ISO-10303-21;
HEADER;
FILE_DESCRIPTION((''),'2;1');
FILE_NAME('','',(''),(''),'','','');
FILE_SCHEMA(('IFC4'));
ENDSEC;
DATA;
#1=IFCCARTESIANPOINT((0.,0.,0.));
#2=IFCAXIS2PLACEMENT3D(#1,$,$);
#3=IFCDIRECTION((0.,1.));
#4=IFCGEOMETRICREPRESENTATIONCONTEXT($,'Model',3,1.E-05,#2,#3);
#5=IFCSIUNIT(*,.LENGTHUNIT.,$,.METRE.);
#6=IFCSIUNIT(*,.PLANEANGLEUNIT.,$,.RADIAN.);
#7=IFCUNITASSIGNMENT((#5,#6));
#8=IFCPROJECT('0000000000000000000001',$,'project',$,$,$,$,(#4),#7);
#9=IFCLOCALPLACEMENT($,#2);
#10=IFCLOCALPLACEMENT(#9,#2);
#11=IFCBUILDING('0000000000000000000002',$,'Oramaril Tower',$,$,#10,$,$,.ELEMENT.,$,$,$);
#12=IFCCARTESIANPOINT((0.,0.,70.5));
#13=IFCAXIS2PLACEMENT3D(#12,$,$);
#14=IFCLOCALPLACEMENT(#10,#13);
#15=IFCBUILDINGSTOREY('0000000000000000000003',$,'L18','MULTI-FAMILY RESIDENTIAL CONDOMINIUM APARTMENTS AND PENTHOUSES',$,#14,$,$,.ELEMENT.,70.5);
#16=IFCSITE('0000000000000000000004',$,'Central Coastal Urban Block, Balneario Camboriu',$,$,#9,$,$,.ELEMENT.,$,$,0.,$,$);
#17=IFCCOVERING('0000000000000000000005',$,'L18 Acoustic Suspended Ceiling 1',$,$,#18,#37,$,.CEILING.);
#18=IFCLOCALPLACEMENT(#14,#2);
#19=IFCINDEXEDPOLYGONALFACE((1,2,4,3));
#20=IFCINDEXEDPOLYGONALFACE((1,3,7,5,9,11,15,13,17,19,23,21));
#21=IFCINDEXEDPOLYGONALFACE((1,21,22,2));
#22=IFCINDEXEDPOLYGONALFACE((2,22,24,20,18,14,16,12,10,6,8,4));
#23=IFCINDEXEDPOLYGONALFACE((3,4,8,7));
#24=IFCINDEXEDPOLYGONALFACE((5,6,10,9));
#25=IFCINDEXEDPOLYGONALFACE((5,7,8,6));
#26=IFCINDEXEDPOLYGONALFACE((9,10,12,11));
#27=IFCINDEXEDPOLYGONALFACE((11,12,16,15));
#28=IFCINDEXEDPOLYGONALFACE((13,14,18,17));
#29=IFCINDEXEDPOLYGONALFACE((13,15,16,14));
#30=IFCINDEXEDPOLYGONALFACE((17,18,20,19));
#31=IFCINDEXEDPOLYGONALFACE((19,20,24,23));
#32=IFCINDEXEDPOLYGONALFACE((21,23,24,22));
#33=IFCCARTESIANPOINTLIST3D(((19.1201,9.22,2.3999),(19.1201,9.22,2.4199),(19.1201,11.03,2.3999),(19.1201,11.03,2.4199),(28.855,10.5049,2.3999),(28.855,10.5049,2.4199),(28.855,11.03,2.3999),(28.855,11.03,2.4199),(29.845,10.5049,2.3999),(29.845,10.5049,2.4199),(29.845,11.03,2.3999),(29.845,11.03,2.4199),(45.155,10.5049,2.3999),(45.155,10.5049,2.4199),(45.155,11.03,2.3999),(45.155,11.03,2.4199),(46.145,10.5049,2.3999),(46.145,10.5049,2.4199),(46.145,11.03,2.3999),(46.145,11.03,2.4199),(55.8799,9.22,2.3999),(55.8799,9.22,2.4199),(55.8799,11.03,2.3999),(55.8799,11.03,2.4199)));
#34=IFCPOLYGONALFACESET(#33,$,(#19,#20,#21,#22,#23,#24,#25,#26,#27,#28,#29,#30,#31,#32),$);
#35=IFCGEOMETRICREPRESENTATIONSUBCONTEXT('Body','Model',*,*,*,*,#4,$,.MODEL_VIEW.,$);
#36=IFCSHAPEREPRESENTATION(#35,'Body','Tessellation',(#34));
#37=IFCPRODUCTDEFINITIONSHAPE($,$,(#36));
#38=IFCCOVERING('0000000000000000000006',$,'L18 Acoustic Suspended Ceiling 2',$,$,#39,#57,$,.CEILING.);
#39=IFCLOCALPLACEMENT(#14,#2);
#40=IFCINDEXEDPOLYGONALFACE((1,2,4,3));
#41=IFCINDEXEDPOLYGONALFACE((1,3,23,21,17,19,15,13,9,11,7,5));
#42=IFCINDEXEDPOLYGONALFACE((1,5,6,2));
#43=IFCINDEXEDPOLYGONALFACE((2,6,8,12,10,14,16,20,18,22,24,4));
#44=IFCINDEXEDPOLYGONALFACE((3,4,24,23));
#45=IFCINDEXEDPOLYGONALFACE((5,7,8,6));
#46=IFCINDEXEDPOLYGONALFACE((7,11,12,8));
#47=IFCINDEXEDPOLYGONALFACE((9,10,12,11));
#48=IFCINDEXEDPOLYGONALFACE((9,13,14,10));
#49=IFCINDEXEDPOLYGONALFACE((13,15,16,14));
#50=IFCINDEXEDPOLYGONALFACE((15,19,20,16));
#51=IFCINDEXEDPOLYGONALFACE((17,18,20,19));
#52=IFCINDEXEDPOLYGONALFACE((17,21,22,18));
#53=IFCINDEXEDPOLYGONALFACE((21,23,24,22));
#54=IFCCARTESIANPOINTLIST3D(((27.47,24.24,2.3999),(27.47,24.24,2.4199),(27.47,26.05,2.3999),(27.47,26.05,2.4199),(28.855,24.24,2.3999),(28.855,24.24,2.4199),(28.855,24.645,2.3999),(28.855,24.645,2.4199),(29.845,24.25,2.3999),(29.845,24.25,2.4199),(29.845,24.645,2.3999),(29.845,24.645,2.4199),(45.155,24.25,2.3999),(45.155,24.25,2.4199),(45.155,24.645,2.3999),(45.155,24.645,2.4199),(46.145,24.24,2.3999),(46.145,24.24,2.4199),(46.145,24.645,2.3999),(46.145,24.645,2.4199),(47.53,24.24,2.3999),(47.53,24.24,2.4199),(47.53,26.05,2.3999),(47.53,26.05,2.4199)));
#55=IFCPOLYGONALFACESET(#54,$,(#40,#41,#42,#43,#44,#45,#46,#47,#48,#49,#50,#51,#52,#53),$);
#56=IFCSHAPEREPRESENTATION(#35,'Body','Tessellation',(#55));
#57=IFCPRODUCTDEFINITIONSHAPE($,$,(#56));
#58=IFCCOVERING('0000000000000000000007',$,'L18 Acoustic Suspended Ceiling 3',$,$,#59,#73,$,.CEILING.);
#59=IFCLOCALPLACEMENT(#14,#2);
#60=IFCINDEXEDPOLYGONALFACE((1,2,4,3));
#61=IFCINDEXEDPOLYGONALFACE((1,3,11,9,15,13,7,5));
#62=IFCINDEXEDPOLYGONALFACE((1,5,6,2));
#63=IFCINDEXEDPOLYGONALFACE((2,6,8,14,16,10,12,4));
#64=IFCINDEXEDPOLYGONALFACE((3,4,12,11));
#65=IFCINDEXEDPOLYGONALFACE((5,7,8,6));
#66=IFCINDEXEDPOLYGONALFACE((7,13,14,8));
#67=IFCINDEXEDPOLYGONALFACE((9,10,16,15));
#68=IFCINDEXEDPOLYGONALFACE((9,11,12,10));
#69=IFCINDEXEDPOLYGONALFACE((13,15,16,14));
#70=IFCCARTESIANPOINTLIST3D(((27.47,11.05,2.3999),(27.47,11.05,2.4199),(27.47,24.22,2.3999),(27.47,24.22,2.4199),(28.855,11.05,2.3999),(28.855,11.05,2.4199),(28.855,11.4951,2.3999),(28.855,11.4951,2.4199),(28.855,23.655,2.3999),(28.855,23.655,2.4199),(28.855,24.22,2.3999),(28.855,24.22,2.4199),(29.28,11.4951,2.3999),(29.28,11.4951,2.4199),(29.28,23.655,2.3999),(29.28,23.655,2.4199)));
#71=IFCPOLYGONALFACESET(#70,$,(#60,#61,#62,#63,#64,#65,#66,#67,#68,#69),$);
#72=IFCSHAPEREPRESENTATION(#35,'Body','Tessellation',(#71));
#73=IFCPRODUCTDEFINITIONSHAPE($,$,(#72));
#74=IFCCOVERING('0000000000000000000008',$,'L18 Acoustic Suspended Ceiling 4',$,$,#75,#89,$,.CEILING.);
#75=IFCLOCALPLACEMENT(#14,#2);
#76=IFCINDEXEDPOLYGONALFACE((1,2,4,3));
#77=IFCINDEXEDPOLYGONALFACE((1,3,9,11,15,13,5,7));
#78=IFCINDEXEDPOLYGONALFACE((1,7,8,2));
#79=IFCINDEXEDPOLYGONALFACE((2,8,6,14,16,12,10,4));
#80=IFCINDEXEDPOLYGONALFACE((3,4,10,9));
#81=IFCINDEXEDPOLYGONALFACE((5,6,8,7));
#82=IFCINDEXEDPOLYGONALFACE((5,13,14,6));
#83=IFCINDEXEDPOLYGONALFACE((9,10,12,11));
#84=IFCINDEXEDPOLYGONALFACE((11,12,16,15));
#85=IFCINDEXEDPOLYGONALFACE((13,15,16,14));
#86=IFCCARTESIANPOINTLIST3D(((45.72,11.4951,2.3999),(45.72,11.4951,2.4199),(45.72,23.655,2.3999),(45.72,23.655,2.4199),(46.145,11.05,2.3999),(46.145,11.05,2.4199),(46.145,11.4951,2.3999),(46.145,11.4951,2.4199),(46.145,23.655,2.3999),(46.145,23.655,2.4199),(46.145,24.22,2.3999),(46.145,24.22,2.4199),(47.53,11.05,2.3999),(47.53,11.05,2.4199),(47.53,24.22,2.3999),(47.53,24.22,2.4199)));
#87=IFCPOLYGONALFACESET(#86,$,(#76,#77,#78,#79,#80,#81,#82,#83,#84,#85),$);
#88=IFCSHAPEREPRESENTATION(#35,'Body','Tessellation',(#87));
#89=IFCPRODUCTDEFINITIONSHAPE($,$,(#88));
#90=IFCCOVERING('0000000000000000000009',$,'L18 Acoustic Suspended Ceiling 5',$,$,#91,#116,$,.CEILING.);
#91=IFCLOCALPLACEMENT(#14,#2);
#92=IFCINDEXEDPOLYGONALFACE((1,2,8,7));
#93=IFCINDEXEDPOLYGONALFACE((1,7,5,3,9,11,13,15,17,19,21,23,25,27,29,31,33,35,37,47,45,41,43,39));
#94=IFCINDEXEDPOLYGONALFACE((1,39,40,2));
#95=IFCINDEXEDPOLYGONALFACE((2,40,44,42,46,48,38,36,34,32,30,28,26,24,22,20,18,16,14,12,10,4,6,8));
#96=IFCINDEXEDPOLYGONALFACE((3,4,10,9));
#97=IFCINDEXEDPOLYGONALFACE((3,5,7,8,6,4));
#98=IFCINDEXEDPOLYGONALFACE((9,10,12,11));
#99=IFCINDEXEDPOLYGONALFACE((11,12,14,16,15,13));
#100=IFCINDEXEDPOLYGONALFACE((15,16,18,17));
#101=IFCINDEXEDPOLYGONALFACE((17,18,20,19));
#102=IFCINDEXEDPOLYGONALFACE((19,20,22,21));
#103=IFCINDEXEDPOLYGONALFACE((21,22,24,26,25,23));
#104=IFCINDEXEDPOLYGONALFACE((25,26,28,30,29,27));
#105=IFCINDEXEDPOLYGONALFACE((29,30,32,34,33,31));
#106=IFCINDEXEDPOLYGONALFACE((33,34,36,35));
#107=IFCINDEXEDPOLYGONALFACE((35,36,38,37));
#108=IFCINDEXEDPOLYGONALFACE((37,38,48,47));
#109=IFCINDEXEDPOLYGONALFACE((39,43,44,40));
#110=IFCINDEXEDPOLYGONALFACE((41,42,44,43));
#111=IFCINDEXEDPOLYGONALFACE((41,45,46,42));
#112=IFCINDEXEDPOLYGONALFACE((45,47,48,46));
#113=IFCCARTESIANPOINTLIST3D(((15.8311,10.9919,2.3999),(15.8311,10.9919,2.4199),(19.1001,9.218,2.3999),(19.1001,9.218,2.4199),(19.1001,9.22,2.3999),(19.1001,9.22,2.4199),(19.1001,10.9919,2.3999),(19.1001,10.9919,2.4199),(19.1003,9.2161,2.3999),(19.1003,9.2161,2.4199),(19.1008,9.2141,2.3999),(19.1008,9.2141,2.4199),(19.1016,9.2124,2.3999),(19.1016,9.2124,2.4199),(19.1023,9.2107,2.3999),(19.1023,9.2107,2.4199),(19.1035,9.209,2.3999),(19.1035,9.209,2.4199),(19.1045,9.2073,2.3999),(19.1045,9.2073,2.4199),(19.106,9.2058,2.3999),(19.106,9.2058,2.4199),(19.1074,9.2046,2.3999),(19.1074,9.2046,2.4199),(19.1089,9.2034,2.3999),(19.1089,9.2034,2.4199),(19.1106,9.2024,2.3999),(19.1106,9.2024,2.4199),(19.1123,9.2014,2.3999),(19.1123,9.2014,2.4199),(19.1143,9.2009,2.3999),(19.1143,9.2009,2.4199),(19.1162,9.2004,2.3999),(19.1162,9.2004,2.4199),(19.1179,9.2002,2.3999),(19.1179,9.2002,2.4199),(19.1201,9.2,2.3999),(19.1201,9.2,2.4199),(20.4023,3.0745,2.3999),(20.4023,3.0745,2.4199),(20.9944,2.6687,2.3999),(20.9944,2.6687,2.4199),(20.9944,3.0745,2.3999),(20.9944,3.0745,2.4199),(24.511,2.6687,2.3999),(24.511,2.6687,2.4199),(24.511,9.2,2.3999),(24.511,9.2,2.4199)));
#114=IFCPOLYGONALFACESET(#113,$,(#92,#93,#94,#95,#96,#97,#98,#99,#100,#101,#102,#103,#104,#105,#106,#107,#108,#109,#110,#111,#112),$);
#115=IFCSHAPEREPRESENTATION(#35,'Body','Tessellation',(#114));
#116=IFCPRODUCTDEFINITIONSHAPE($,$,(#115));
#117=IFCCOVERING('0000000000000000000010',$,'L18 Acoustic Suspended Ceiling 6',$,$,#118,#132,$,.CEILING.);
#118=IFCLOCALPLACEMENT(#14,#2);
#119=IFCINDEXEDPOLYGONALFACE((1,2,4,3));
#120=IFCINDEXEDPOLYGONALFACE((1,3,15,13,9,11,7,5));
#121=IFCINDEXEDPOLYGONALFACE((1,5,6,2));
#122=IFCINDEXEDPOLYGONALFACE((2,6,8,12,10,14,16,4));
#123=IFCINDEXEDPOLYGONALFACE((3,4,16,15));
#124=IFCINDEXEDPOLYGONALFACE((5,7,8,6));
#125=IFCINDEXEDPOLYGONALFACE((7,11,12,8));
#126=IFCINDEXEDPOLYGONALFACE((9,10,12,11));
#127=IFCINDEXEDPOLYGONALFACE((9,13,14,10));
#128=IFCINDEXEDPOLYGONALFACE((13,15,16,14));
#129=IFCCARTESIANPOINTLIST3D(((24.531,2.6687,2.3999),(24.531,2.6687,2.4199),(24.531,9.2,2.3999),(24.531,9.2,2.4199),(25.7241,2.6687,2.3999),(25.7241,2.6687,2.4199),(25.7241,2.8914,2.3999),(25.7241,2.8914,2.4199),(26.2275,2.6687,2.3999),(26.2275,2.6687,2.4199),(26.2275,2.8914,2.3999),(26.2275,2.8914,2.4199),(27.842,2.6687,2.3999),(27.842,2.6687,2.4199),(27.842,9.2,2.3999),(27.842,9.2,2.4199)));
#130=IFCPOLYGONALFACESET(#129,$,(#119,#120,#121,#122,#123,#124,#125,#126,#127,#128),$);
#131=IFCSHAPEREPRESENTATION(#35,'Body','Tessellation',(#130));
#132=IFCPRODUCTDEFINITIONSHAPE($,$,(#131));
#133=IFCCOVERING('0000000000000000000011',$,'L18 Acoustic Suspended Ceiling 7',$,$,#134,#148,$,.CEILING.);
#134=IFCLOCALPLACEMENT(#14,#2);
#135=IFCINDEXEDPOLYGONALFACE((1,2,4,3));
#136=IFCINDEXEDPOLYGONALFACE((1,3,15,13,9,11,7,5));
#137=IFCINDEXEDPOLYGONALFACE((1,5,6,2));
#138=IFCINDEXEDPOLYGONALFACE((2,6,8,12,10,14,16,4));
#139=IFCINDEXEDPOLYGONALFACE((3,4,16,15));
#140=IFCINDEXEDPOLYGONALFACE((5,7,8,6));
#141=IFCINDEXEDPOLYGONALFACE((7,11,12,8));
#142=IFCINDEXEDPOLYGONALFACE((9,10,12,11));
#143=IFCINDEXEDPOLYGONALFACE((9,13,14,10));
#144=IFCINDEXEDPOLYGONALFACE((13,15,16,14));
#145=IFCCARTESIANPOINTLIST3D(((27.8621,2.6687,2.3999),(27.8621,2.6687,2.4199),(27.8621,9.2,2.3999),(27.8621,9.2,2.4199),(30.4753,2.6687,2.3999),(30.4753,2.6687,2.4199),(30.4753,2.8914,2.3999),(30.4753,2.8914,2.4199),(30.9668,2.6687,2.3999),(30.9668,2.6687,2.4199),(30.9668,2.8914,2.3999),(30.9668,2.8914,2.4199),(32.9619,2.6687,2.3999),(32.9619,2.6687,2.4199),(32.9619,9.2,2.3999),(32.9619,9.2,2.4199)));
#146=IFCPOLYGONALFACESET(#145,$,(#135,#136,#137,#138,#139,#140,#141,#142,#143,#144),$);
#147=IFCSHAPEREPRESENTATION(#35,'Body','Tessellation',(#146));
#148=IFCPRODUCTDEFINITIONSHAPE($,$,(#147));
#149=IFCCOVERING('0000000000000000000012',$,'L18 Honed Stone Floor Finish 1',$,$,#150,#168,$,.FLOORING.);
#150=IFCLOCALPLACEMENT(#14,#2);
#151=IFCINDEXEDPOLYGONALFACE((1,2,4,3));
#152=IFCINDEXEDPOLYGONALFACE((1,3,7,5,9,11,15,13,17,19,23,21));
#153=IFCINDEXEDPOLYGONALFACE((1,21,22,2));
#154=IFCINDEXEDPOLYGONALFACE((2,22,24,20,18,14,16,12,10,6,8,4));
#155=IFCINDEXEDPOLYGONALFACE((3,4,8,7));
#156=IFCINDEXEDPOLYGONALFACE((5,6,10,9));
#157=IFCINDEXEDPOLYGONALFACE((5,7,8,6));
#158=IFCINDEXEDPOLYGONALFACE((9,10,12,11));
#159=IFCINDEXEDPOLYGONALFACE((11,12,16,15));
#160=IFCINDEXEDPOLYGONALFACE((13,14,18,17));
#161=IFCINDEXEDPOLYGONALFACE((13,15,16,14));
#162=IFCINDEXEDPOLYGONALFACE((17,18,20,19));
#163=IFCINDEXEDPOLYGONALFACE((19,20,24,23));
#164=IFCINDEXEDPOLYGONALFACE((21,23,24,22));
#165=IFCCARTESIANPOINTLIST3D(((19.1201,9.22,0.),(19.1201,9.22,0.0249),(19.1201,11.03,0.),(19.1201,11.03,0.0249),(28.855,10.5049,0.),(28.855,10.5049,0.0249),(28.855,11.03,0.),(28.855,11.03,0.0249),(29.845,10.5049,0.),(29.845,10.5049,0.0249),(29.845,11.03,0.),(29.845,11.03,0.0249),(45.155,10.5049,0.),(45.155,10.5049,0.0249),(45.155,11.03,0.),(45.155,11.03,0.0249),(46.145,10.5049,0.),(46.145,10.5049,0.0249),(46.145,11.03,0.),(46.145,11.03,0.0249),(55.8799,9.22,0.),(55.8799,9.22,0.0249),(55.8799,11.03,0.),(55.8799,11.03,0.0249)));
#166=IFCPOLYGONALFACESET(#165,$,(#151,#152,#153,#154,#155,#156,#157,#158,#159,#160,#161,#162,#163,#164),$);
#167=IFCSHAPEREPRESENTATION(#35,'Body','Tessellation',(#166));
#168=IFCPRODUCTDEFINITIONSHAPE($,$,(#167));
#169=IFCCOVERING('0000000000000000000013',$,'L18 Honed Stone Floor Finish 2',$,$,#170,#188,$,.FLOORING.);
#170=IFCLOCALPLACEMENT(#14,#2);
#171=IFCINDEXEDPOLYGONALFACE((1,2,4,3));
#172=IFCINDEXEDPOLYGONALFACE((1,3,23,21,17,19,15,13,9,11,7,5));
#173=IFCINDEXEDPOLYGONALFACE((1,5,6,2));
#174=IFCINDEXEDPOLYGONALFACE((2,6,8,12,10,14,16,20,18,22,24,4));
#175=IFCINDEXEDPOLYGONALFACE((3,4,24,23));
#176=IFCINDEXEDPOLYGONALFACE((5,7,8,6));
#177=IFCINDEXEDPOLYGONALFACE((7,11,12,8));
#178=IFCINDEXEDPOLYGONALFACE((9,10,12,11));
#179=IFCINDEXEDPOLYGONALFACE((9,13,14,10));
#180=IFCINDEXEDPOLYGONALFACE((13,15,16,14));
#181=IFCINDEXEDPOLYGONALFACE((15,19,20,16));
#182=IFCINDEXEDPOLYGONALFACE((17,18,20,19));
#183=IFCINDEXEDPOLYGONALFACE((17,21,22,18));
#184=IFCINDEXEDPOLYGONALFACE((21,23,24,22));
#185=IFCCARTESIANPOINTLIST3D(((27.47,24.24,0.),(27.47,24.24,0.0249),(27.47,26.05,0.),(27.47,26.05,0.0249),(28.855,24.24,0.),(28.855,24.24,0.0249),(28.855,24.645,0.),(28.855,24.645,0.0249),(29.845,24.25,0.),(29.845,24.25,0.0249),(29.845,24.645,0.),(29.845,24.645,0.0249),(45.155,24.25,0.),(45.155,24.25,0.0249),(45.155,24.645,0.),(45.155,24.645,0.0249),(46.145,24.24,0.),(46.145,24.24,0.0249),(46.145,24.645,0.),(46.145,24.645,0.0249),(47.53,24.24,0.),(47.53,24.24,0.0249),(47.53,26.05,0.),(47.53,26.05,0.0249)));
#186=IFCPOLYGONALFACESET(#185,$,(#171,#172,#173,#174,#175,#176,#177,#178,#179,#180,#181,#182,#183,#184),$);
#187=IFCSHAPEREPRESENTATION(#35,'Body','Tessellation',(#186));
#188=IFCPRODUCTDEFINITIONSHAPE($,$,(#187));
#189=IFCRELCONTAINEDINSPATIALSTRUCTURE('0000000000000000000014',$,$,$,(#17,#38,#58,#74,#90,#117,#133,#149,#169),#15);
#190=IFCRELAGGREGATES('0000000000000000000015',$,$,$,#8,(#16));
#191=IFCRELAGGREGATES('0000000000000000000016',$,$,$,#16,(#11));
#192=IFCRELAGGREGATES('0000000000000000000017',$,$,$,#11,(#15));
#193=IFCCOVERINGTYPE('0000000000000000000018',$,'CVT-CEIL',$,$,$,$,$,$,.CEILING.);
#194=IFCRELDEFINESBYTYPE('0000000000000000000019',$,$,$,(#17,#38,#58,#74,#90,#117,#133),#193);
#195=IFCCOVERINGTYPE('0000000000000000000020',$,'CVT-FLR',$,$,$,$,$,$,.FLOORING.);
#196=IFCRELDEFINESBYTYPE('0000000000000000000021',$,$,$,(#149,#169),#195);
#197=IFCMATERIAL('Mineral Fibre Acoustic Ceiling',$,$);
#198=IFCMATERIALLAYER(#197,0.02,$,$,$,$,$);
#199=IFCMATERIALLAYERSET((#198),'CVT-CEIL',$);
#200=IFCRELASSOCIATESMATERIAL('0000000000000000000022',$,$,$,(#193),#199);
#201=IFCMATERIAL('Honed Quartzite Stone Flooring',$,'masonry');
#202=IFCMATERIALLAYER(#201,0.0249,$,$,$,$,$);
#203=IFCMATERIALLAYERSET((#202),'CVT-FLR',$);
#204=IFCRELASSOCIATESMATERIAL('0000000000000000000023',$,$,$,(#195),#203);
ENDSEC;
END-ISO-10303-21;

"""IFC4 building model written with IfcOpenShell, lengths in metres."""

from ifc_helpers import new_model, si_unit, direction, frame, origin, place, context, subcontext, project, spatial, polyline, outline, extrude, material, layer, layer_set, type_object, element, save


model = new_model("IFC4")

# Units and contexts
model_context = context("Model", 3, precision=1e-05, world=origin(), true_north=direction((0.0, 1.0)))
body_context = subcontext(model_context, "Body", "Model", "MODEL_VIEW")
ifc_project = project(units=[si_unit("LENGTHUNIT", "METRE"), si_unit("PLANEANGLEUNIT", "RADIAN")], contexts=[model_context])

# Site, building, storey
site_placement = place(None, origin())
site = spatial("IfcSite", under=ifc_project, at=site_placement, Name="Central Coastal Urban Block, Balneario Camboriu", CompositionType="ELEMENT", RefElevation=0.0)
building_placement = place(site_placement, origin())
building = spatial("IfcBuilding", under=site, at=building_placement, Name="Oramaril Tower", CompositionType="ELEMENT")
storey_placement = place(building_placement, frame((0.0, 0.0, 70.5)))
storey = spatial("IfcBuildingStorey", under=building, at=storey_placement, Name="L18", Description="MULTI-FAMILY RESIDENTIAL CONDOMINIUM APARTMENTS AND PENTHOUSES", CompositionType="ELEMENT", Elevation=70.5)

# Coverings
ifc_material_1 = material(Name="Mineral Fibre Acoustic Ceiling")
ifc_layer_1 = layer(ifc_material_1, 0.02)
ifc_layer_set_1 = layer_set([ifc_layer_1], Name="CVT-CEIL")
covering_type_1 = type_object("IfcCoveringType", Name="CVT-CEIL", PredefinedType="CEILING", material=ifc_layer_set_1)
covering_1_placement = place(storey_placement, frame((0.0, 0.0, 2.3999)))
element("IfcCovering", 1, at=covering_1_placement, inside=storey, type_object=covering_type_1, Name="L18 Acoustic Suspended Ceiling 1", PredefinedType="CEILING", context=body_context, shape_type="SweptSolid", body=[
    extrude(outline(polyline([(28.855, 10.5049), (29.845, 10.5049), (29.845, 11.03), (45.155, 11.03), (45.155, 10.5049), (46.145, 10.5049), (46.145, 11.03), (55.8799, 11.03), (55.8799, 9.22), (19.1201, 9.22), (19.1201, 11.03), (28.855, 11.03), (28.855, 10.5049)])), origin(), (0.0, 0.0, 1.0), 0.02),
])
covering_2_placement = place(storey_placement, frame((0.0, 0.0, 2.3999)))
element("IfcCovering", 2, at=covering_2_placement, inside=storey, type_object=covering_type_1, Name="L18 Acoustic Suspended Ceiling 2", PredefinedType="CEILING", context=body_context, shape_type="SweptSolid", body=[
    extrude(outline(polyline([(47.53, 24.24), (46.145, 24.24), (46.145, 24.645), (45.155, 24.645), (45.155, 24.25), (29.845, 24.25), (29.845, 24.645), (28.855, 24.645), (28.855, 24.24), (27.47, 24.24), (27.47, 26.05), (47.53, 26.05), (47.53, 24.24)])), origin(), (0.0, 0.0, 1.0), 0.02),
])
covering_3_placement = place(storey_placement, frame((0.0, 0.0, 2.3999)))
element("IfcCovering", 3, at=covering_3_placement, inside=storey, type_object=covering_type_1, Name="L18 Acoustic Suspended Ceiling 3", PredefinedType="CEILING", context=body_context, shape_type="SweptSolid", body=[
    extrude(outline(polyline([(28.855, 23.655), (29.28, 23.655), (29.28, 11.4951), (28.855, 11.4951), (28.855, 11.05), (27.47, 11.05), (27.47, 24.22), (28.855, 24.22), (28.855, 23.655)])), origin(), (0.0, 0.0, 1.0), 0.02),
])
covering_4_placement = place(storey_placement, frame((0.0, 0.0, 2.3999)))
element("IfcCovering", 4, at=covering_4_placement, inside=storey, type_object=covering_type_1, Name="L18 Acoustic Suspended Ceiling 4", PredefinedType="CEILING", context=body_context, shape_type="SweptSolid", body=[
    extrude(outline(polyline([(47.53, 11.05), (46.145, 11.05), (46.145, 11.4951), (45.72, 11.4951), (45.72, 23.655), (46.145, 23.655), (46.145, 24.22), (47.53, 24.22), (47.53, 11.05)])), origin(), (0.0, 0.0, 1.0), 0.02),
])
covering_5_placement = place(storey_placement, frame((0.0, 0.0, 2.3999)))
element("IfcCovering", 5, at=covering_5_placement, inside=storey, type_object=covering_type_1, Name="L18 Acoustic Suspended Ceiling 5", PredefinedType="CEILING", context=body_context, shape_type="SweptSolid", body=[
    extrude(outline(polyline([(24.511, 2.6687), (20.9944, 2.6687), (20.9944, 3.0745), (20.4023, 3.0745), (15.8311, 10.9919), (19.1001, 10.9919), (19.1001, 9.22), (19.1001, 9.218), (19.1003, 9.2161), (19.1008, 9.2141), (19.1016, 9.2124), (19.1023, 9.2107), (19.1035, 9.209), (19.1045, 9.2073), (19.106, 9.2058), (19.1074, 9.2046), (19.1089, 9.2034), (19.1106, 9.2024), (19.1123, 9.2014), (19.1143, 9.2009), (19.1162, 9.2004), (19.1179, 9.2002), (19.1201, 9.2), (24.511, 9.2), (24.511, 2.6687)])), origin(), (0.0, 0.0, 1.0), 0.02),
])
covering_6_placement = place(storey_placement, frame((0.0, 0.0, 2.3999)))
element("IfcCovering", 6, at=covering_6_placement, inside=storey, type_object=covering_type_1, Name="L18 Acoustic Suspended Ceiling 6", PredefinedType="CEILING", context=body_context, shape_type="SweptSolid", body=[
    extrude(outline(polyline([(26.2275, 2.6687), (26.2275, 2.8914), (25.7241, 2.8914), (25.7241, 2.6687), (24.531, 2.6687), (24.531, 9.2), (27.842, 9.2), (27.842, 2.6687), (26.2275, 2.6687)])), origin(), (0.0, 0.0, 1.0), 0.02),
])
covering_7_placement = place(storey_placement, frame((0.0, 0.0, 2.3999)))
element("IfcCovering", 7, at=covering_7_placement, inside=storey, type_object=covering_type_1, Name="L18 Acoustic Suspended Ceiling 7", PredefinedType="CEILING", context=body_context, shape_type="SweptSolid", body=[
    extrude(outline(polyline([(32.9619, 2.6687), (30.9668, 2.6687), (30.9668, 2.8914), (30.4753, 2.8914), (30.4753, 2.6687), (27.8621, 2.6687), (27.8621, 9.2), (32.9619, 9.2), (32.9619, 2.6687)])), origin(), (0.0, 0.0, 1.0), 0.02),
])
ifc_material_2 = material(Name="Honed Quartzite Stone Flooring", Category="masonry")
ifc_layer_2 = layer(ifc_material_2, 0.0249)
ifc_layer_set_2 = layer_set([ifc_layer_2], Name="CVT-FLR")
covering_type_2 = type_object("IfcCoveringType", Name="CVT-FLR", PredefinedType="FLOORING", material=ifc_layer_set_2)
covering_8_placement = place(storey_placement, origin())
element("IfcCovering", 8, at=covering_8_placement, inside=storey, type_object=covering_type_2, Name="L18 Honed Stone Floor Finish 1", PredefinedType="FLOORING", context=body_context, shape_type="SweptSolid", body=[
    extrude(outline(polyline([(28.855, 10.5049), (29.845, 10.5049), (29.845, 11.03), (45.155, 11.03), (45.155, 10.5049), (46.145, 10.5049), (46.145, 11.03), (55.8799, 11.03), (55.8799, 9.22), (19.1201, 9.22), (19.1201, 11.03), (28.855, 11.03), (28.855, 10.5049)])), origin(), (0.0, 0.0, 1.0), 0.0249),
])
covering_9_placement = place(storey_placement, origin())
element("IfcCovering", 9, at=covering_9_placement, inside=storey, type_object=covering_type_2, Name="L18 Honed Stone Floor Finish 2", PredefinedType="FLOORING", context=body_context, shape_type="SweptSolid", body=[
    extrude(outline(polyline([(47.53, 24.24), (46.145, 24.24), (46.145, 24.645), (45.155, 24.645), (45.155, 24.25), (29.845, 24.25), (29.845, 24.645), (28.855, 24.645), (28.855, 24.24), (27.47, 24.24), (27.47, 26.05), (47.53, 26.05), (47.53, 24.24)])), origin(), (0.0, 0.0, 1.0), 0.0249),
])

save(model, "model.ifc")
